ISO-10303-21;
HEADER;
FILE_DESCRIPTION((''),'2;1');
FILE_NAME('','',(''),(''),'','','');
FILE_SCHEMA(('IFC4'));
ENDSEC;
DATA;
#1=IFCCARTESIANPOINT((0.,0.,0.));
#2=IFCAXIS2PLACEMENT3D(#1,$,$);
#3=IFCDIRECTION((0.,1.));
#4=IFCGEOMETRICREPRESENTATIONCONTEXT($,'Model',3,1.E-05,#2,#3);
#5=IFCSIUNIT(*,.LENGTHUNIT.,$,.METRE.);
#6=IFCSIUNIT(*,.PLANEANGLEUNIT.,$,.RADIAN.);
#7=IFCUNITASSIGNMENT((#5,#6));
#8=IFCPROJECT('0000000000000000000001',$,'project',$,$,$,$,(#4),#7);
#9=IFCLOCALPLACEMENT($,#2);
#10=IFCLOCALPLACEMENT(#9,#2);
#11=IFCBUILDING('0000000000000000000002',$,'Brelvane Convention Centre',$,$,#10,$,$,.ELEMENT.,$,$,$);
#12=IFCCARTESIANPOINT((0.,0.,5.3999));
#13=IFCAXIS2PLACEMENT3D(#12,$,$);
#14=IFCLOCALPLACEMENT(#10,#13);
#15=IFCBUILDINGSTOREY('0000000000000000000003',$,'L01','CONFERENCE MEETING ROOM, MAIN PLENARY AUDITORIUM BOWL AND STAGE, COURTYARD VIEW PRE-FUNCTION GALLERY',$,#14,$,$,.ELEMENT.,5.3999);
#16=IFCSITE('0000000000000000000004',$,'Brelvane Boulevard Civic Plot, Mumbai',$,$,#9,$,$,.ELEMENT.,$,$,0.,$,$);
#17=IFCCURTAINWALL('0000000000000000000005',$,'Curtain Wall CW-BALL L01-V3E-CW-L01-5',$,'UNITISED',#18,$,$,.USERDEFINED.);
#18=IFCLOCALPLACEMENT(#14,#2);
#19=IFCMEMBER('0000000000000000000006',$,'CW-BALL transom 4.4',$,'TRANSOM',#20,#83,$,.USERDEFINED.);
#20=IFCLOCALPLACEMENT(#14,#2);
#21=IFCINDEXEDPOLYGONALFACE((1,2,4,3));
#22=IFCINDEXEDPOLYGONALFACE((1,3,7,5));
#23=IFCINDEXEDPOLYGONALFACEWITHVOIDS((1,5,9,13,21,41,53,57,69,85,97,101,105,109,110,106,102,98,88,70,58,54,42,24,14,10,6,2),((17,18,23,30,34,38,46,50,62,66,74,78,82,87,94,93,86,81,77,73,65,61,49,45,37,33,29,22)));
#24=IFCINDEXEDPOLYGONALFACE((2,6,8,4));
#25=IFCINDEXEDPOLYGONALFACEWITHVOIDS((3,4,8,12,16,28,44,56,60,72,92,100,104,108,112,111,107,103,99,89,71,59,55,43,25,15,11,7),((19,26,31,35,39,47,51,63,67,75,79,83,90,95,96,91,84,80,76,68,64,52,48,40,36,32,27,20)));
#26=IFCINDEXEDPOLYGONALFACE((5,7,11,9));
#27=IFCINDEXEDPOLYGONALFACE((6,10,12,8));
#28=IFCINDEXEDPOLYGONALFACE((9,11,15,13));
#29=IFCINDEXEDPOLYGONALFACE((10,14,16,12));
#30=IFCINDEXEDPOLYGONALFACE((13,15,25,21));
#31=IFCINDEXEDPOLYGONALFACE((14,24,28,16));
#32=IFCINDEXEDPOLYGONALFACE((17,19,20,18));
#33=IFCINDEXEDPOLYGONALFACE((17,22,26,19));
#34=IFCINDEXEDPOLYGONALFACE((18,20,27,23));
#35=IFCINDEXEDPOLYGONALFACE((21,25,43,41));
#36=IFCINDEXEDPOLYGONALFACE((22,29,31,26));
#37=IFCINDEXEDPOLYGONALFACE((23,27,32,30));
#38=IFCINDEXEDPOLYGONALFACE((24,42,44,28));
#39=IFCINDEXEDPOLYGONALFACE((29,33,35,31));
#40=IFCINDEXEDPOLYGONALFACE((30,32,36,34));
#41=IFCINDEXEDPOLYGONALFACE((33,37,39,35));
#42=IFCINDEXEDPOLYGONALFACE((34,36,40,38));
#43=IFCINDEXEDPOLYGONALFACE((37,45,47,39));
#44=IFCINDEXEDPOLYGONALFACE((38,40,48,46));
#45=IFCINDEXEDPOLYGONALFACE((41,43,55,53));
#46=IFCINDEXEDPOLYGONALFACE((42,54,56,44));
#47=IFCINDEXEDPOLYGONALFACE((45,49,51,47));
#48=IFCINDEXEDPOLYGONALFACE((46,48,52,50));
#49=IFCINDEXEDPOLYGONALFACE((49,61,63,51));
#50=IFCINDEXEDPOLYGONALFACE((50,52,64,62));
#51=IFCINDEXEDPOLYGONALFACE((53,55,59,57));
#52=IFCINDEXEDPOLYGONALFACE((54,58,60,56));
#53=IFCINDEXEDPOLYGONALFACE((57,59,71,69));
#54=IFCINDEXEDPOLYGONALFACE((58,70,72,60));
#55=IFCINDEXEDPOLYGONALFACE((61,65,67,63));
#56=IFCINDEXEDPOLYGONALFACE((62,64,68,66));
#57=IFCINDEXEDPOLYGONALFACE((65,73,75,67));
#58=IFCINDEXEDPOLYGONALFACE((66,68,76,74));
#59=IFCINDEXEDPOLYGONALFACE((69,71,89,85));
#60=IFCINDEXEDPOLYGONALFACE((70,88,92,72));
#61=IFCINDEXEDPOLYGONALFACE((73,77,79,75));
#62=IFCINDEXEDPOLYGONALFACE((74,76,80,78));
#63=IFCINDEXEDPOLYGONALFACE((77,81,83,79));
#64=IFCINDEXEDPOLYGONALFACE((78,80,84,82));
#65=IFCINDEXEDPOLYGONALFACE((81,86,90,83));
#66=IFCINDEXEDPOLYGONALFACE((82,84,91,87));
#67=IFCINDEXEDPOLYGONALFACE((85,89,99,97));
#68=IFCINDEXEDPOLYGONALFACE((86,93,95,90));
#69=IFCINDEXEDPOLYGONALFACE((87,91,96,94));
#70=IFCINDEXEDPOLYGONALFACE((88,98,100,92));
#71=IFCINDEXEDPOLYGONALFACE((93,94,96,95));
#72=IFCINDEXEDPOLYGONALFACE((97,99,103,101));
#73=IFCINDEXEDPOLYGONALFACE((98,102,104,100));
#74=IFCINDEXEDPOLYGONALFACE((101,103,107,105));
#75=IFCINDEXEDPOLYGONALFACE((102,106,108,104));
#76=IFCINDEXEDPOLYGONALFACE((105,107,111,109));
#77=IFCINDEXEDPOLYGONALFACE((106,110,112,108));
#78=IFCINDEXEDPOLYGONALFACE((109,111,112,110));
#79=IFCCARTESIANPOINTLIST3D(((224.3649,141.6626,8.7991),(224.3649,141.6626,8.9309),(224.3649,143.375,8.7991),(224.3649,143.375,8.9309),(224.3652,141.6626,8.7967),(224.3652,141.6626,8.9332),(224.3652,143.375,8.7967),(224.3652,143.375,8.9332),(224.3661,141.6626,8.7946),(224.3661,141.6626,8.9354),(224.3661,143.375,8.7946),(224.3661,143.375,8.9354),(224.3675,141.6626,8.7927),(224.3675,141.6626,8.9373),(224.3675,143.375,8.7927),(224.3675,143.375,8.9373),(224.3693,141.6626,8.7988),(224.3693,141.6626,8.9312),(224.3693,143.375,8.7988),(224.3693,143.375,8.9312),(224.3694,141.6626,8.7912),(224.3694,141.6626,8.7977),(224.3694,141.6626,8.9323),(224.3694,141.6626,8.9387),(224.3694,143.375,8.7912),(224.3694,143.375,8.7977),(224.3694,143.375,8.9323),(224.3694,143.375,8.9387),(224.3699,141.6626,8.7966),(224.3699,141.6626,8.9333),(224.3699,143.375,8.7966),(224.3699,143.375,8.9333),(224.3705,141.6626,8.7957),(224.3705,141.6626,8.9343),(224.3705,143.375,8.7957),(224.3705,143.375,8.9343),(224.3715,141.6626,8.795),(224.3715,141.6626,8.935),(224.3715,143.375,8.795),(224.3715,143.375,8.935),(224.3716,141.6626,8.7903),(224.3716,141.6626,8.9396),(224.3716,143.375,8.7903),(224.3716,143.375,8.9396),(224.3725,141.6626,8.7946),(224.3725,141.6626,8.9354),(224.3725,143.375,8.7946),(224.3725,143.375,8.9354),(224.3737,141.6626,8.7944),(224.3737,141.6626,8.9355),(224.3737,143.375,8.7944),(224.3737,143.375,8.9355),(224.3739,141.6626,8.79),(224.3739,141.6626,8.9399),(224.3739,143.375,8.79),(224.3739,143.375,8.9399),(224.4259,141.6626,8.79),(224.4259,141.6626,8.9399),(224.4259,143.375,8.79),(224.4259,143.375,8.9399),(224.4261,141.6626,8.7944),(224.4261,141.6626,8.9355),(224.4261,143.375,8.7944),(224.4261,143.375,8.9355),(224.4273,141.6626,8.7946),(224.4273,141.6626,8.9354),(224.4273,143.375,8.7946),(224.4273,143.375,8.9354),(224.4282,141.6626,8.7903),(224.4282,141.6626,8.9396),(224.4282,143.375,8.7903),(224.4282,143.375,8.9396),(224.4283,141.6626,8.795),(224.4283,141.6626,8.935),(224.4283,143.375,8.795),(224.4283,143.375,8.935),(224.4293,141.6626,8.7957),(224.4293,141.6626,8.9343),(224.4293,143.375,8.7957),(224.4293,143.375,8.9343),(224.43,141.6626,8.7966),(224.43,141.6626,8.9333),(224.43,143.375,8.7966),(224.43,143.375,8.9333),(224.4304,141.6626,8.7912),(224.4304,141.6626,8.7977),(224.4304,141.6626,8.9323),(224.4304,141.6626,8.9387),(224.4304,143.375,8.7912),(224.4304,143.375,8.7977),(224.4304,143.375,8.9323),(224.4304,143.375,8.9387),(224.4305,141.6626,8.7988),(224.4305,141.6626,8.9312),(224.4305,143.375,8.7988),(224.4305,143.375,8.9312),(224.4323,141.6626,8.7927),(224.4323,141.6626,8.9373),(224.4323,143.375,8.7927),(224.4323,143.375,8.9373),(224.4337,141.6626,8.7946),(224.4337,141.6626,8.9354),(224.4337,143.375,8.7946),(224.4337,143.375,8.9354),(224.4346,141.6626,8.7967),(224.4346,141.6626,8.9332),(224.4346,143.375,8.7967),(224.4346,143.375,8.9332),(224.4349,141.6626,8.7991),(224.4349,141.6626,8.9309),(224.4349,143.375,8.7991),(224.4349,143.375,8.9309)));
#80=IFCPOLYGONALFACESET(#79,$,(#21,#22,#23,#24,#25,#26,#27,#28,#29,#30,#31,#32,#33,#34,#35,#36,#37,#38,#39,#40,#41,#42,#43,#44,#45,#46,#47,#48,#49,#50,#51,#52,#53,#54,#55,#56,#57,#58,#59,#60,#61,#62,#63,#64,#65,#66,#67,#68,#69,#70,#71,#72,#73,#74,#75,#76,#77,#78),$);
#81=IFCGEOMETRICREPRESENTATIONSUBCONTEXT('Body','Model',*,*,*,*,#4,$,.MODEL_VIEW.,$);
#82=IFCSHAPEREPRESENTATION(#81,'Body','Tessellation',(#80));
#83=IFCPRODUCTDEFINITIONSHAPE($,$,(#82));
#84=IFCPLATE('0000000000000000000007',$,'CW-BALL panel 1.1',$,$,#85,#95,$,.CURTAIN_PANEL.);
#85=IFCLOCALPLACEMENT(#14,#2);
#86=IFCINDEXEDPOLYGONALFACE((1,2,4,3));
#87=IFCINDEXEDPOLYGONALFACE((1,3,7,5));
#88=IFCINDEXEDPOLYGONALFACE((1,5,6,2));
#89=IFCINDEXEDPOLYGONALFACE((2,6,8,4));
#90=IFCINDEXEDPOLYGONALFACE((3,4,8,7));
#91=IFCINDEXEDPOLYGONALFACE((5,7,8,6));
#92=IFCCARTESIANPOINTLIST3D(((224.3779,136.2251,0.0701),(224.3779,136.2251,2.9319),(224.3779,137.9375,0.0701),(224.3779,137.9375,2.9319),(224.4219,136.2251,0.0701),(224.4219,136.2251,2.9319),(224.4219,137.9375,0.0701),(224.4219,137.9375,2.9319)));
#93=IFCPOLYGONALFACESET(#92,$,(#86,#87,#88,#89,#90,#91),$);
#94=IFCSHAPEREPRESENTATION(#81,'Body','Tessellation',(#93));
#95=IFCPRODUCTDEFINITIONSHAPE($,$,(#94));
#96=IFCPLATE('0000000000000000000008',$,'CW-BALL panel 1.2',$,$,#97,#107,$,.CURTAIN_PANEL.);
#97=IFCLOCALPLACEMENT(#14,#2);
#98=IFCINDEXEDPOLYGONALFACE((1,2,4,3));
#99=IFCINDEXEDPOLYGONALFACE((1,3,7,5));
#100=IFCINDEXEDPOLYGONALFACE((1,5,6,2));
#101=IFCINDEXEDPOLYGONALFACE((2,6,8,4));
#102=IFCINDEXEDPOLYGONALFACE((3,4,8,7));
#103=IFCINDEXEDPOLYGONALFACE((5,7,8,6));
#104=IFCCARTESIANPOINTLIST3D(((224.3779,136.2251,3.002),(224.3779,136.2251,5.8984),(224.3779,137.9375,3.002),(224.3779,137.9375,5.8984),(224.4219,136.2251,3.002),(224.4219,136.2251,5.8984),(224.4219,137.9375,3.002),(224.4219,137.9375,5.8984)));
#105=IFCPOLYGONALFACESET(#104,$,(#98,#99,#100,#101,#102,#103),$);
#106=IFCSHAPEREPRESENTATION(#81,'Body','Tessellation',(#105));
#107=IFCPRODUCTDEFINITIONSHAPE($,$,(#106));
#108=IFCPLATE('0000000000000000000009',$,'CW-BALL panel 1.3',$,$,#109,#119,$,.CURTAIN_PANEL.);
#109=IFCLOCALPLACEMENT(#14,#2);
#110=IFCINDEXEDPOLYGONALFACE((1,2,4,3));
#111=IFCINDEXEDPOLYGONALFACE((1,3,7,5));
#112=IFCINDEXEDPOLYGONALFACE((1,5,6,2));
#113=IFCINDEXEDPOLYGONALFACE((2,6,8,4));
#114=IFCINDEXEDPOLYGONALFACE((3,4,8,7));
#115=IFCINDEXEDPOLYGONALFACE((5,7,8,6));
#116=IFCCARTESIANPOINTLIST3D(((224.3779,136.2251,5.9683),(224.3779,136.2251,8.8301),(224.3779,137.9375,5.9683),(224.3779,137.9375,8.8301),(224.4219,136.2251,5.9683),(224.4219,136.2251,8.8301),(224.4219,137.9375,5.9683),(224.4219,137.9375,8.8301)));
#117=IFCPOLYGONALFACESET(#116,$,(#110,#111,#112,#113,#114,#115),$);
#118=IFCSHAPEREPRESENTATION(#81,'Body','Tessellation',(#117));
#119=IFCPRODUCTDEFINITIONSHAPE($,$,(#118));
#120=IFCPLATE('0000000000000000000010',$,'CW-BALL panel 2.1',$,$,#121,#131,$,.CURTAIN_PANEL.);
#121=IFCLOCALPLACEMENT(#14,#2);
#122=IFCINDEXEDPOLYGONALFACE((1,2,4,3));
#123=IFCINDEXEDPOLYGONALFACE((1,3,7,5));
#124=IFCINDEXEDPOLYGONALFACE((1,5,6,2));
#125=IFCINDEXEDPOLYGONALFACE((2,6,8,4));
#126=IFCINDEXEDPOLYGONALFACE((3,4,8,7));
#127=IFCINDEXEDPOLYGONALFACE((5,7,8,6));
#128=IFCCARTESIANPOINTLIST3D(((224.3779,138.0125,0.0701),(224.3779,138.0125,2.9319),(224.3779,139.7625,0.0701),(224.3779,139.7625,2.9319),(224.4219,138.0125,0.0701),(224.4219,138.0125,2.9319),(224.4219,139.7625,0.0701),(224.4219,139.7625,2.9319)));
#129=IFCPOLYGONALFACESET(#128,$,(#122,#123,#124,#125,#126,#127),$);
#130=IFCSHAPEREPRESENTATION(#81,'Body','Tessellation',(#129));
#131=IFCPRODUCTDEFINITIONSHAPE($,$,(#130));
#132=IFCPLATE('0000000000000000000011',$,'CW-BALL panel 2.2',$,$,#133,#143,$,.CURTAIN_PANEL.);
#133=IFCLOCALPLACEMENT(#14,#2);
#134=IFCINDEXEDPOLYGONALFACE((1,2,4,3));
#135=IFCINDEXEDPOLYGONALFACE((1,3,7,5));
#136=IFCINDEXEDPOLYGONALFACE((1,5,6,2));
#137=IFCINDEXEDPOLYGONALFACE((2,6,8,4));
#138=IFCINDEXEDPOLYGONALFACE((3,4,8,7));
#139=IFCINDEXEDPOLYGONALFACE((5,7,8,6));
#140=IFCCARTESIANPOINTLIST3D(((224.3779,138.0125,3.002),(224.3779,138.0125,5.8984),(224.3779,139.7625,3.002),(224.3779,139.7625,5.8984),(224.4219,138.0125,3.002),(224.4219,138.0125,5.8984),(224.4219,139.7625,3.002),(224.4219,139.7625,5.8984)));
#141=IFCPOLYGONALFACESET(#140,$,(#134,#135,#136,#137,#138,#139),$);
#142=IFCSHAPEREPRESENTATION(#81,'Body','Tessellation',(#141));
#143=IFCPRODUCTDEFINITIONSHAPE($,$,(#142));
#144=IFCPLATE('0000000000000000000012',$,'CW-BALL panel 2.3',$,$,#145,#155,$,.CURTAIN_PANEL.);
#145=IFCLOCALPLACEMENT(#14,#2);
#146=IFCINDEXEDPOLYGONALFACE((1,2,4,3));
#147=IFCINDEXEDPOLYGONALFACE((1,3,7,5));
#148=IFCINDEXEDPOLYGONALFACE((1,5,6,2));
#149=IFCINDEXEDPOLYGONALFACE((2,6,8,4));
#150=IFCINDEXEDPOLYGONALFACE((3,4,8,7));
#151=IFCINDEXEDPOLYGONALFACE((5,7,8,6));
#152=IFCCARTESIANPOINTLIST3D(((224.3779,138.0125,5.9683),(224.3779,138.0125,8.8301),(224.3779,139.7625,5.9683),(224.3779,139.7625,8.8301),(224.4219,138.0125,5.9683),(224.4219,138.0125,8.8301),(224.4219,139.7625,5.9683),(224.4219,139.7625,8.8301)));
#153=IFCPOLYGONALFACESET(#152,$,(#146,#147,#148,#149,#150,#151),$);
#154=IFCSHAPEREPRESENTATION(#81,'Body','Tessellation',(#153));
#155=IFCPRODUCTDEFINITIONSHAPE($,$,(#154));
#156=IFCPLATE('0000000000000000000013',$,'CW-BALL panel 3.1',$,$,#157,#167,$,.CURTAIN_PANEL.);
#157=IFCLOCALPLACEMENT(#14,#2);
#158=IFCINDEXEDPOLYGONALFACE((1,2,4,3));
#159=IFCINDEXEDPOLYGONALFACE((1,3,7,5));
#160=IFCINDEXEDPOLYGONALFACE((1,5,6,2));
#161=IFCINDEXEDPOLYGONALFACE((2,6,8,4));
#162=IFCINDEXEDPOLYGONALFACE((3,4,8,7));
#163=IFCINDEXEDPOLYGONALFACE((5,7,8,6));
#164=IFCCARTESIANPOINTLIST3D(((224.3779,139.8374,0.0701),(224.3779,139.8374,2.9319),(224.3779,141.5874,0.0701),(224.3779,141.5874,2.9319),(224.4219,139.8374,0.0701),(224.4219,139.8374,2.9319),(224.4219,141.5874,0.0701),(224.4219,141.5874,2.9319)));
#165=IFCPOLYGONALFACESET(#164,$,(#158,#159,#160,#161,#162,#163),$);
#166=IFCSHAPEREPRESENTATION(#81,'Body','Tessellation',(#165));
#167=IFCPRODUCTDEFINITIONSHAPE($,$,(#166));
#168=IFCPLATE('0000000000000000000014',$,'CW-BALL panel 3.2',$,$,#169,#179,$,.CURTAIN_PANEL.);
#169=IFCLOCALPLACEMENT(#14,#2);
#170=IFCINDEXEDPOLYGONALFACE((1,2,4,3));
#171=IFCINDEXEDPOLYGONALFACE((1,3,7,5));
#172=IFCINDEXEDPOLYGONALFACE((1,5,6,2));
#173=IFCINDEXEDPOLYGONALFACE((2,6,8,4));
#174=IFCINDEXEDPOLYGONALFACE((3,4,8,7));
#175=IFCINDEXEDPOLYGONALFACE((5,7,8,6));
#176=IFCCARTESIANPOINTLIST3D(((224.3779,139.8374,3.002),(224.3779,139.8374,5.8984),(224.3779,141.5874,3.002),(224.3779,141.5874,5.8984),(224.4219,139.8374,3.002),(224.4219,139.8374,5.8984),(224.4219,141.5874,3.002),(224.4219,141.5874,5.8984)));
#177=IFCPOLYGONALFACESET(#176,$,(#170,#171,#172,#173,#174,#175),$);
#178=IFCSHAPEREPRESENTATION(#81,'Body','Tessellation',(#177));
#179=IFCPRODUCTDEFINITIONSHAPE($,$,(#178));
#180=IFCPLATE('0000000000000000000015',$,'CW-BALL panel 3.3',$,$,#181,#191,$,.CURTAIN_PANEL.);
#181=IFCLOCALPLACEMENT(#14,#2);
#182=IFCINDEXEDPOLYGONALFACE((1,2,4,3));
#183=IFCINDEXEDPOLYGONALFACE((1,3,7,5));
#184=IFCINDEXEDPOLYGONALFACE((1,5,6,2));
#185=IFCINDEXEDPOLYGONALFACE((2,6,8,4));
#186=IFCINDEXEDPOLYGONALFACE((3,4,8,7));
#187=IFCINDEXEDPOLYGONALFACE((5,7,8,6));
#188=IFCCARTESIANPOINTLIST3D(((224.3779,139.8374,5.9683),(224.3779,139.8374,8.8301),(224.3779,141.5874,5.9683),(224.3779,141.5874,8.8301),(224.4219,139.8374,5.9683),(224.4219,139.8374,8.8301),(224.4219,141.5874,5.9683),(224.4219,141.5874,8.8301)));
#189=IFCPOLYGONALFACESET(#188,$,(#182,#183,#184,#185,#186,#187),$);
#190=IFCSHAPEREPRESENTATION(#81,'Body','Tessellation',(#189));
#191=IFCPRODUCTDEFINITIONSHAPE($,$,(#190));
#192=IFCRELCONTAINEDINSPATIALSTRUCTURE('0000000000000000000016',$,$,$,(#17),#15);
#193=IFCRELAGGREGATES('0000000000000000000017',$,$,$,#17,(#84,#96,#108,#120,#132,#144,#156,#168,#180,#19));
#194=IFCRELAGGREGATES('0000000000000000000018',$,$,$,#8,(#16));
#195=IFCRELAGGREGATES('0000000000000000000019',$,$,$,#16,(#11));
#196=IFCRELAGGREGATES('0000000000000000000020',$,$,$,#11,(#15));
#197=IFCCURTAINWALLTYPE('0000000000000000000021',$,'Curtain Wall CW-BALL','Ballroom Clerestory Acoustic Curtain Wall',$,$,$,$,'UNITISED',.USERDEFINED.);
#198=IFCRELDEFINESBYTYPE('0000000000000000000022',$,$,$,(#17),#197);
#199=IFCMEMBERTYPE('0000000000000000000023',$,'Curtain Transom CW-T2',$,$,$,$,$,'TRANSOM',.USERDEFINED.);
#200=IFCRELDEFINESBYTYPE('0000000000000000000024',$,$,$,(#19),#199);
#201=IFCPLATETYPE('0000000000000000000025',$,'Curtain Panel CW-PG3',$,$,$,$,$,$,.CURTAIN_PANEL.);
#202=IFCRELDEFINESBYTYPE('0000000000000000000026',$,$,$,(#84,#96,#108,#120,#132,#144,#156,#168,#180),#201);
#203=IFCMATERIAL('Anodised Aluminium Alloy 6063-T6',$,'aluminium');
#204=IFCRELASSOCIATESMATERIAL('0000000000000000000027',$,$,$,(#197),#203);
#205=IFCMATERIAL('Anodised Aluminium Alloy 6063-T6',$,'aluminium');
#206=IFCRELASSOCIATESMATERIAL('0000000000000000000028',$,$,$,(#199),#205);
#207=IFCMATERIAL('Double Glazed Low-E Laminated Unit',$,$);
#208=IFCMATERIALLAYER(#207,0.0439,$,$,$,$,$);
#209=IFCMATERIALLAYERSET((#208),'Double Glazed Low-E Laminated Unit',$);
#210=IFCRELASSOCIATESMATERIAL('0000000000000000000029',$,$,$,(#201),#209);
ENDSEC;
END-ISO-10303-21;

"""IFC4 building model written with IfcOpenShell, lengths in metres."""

from ifc_helpers import new_model, si_unit, direction, frame, origin, origin_2d, place, context, subcontext, project, spatial, rectangle, hollow_rectangle, extrude, material, layer, layer_set, material_profile, profile_set, type_object, element, aggregate, save


model = new_model("IFC4")

# Units and contexts
model_context = context("Model", 3, precision=1e-05, world=origin(), true_north=direction((0.0, 1.0)))
body_context = subcontext(model_context, "Body", "Model", "MODEL_VIEW")
ifc_project = project(units=[si_unit("LENGTHUNIT", "METRE"), si_unit("PLANEANGLEUNIT", "RADIAN")], contexts=[model_context])

# Site, building, storey
site_placement = place(None, origin())
site = spatial("IfcSite", under=ifc_project, at=site_placement, Name="Brelvane Boulevard Civic Plot, Mumbai", CompositionType="ELEMENT", RefElevation=0.0)
building_placement = place(site_placement, origin())
building = spatial("IfcBuilding", under=site, at=building_placement, Name="Brelvane Convention Centre", CompositionType="ELEMENT")
storey_placement = place(building_placement, frame((0.0, 0.0, 5.3999)))
storey = spatial("IfcBuildingStorey", under=building, at=storey_placement, Name="L01", Description="CONFERENCE MEETING ROOM, MAIN PLENARY AUDITORIUM BOWL AND STAGE, COURTYARD VIEW PRE-FUNCTION GALLERY", CompositionType="ELEMENT", Elevation=5.3999)

# Curtain wall, member, plates
ifc_material_1 = material(Name="Anodised Aluminium Alloy 6063-T6", Category="aluminium")
curtain_wall_type = type_object("IfcCurtainWallType", Name="Curtain Wall CW-BALL", Description="Ballroom Clerestory Acoustic Curtain Wall", ElementType="UNITISED", PredefinedType="USERDEFINED", material=ifc_material_1)
curtain_wall_placement = place(storey_placement, origin())
curtain_wall = element("IfcCurtainWall", 1, at=curtain_wall_placement, inside=storey, type_object=curtain_wall_type, Name="Curtain Wall CW-BALL L01-V3E-CW-L01-5", ObjectType="UNITISED", PredefinedType="USERDEFINED")
ifc_material_2 = material(Name="Anodised Aluminium Alloy 6063-T6", Category="aluminium")
ifc_material_profile_1 = material_profile(ifc_material_2, hollow_rectangle(XDim=0.0701, YDim=0.1499, WallThickness=0.0044, InnerFilletRadius=0.0044, OuterFilletRadius=0.009, at=origin_2d()), Name="ALU-T 150x70x4.5")
ifc_profile_set_1 = profile_set([ifc_material_profile_1], Name="Anodised Aluminium Alloy 6063-T6")
member_type_1 = type_object("IfcMemberType", Name="Curtain Transom CW-T2", ElementType="TRANSOM", PredefinedType="USERDEFINED", material=ifc_profile_set_1)
member_1_placement = place(storey_placement, frame((224.3999, 141.6626, 8.865), z_axis=(0.0, 1.0, 0.0), x_axis=(-1.0, 0.0, 0.0)))
member_1 = element("IfcMember", 2, at=member_1_placement, type_object=member_type_1, Name="CW-BALL transom 4.4", ObjectType="TRANSOM", PredefinedType="USERDEFINED", context=body_context, shape_type="SweptSolid", body=[
    extrude(hollow_rectangle(XDim=0.0701, YDim=0.1499, WallThickness=0.0044, InnerFilletRadius=0.0044, OuterFilletRadius=0.009, at=origin_2d()), origin(), (0.0, 0.0, 1.0), 1.7124),
])
ifc_material_3 = material(Name="Double Glazed Low-E Laminated Unit")
ifc_layer = layer(ifc_material_3, 0.0439)
ifc_layer_set = layer_set([ifc_layer], Name="Double Glazed Low-E Laminated Unit")
plate_type = type_object("IfcPlateType", Name="Curtain Panel CW-PG3", PredefinedType="CURTAIN_PANEL", material=ifc_layer_set)
plate_1_placement = place(storey_placement, frame((224.3999, 137.0813, 0.0701), z_axis=(0.0, 0.0, 1.0), x_axis=(0.0, 1.0, 0.0)))
plate_1 = element("IfcPlate", 3, at=plate_1_placement, type_object=plate_type, Name="CW-BALL panel 1.1", PredefinedType="CURTAIN_PANEL", context=body_context, shape_type="SweptSolid", body=[
    extrude(rectangle(XDim=1.7124, YDim=0.0439, at=origin_2d()), origin(), (0.0, 0.0, 1.0), 2.8618),
])
plate_2_placement = place(storey_placement, frame((224.3999, 137.0813, 3.002), z_axis=(0.0, 0.0, 1.0), x_axis=(0.0, 1.0, 0.0)))
plate_2 = element("IfcPlate", 4, at=plate_2_placement, type_object=plate_type, Name="CW-BALL panel 1.2", PredefinedType="CURTAIN_PANEL", context=body_context, shape_type="SweptSolid", body=[
    extrude(rectangle(XDim=1.7124, YDim=0.0439, at=origin_2d()), origin(), (0.0, 0.0, 1.0), 2.8965),
])
plate_3_placement = place(storey_placement, frame((224.3999, 137.0813, 5.9683), z_axis=(0.0, 0.0, 1.0), x_axis=(0.0, 1.0, 0.0)))
plate_3 = element("IfcPlate", 5, at=plate_3_placement, type_object=plate_type, Name="CW-BALL panel 1.3", PredefinedType="CURTAIN_PANEL", context=body_context, shape_type="SweptSolid", body=[
    extrude(rectangle(XDim=1.7124, YDim=0.0439, at=origin_2d()), origin(), (0.0, 0.0, 1.0), 2.8618),
])
plate_4_placement = place(storey_placement, frame((224.3999, 138.8875, 0.0701), z_axis=(0.0, 0.0, 1.0), x_axis=(0.0, 1.0, 0.0)))
plate_4 = element("IfcPlate", 6, at=plate_4_placement, type_object=plate_type, Name="CW-BALL panel 2.1", PredefinedType="CURTAIN_PANEL", context=body_context, shape_type="SweptSolid", body=[
    extrude(rectangle(XDim=1.75, YDim=0.0439, at=origin_2d()), origin(), (0.0, 0.0, 1.0), 2.8618),
])
plate_5_placement = place(storey_placement, frame((224.3999, 138.8875, 3.002), z_axis=(0.0, 0.0, 1.0), x_axis=(0.0, 1.0, 0.0)))
plate_5 = element("IfcPlate", 7, at=plate_5_placement, type_object=plate_type, Name="CW-BALL panel 2.2", PredefinedType="CURTAIN_PANEL", context=body_context, shape_type="SweptSolid", body=[
    extrude(rectangle(XDim=1.75, YDim=0.0439, at=origin_2d()), origin(), (0.0, 0.0, 1.0), 2.8965),
])
plate_6_placement = place(storey_placement, frame((224.3999, 138.8875, 5.9683), z_axis=(0.0, 0.0, 1.0), x_axis=(0.0, 1.0, 0.0)))
plate_6 = element("IfcPlate", 8, at=plate_6_placement, type_object=plate_type, Name="CW-BALL panel 2.3", PredefinedType="CURTAIN_PANEL", context=body_context, shape_type="SweptSolid", body=[
    extrude(rectangle(XDim=1.75, YDim=0.0439, at=origin_2d()), origin(), (0.0, 0.0, 1.0), 2.8618),
])
plate_7_placement = place(storey_placement, frame((224.3999, 140.7124, 0.0701), z_axis=(0.0, 0.0, 1.0), x_axis=(0.0, 1.0, 0.0)))
plate_7 = element("IfcPlate", 9, at=plate_7_placement, type_object=plate_type, Name="CW-BALL panel 3.1", PredefinedType="CURTAIN_PANEL", context=body_context, shape_type="SweptSolid", body=[
    extrude(rectangle(XDim=1.75, YDim=0.0439, at=origin_2d()), origin(), (0.0, 0.0, 1.0), 2.8618),
])
plate_8_placement = place(storey_placement, frame((224.3999, 140.7124, 3.002), z_axis=(0.0, 0.0, 1.0), x_axis=(0.0, 1.0, 0.0)))
plate_8 = element("IfcPlate", 10, at=plate_8_placement, type_object=plate_type, Name="CW-BALL panel 3.2", PredefinedType="CURTAIN_PANEL", context=body_context, shape_type="SweptSolid", body=[
    extrude(rectangle(XDim=1.75, YDim=0.0439, at=origin_2d()), origin(), (0.0, 0.0, 1.0), 2.8965),
])
plate_9_placement = place(storey_placement, frame((224.3999, 140.7124, 5.9683), z_axis=(0.0, 0.0, 1.0), x_axis=(0.0, 1.0, 0.0)))
plate_9 = element("IfcPlate", 11, at=plate_9_placement, type_object=plate_type, Name="CW-BALL panel 3.3", PredefinedType="CURTAIN_PANEL", context=body_context, shape_type="SweptSolid", body=[
    extrude(rectangle(XDim=1.75, YDim=0.0439, at=origin_2d()), origin(), (0.0, 0.0, 1.0), 2.8618),
])
aggregate(curtain_wall, [plate_1, plate_2, plate_3, plate_4, plate_5, plate_6, plate_7, plate_8, plate_9, member_1])

save(model, "model.ifc")
